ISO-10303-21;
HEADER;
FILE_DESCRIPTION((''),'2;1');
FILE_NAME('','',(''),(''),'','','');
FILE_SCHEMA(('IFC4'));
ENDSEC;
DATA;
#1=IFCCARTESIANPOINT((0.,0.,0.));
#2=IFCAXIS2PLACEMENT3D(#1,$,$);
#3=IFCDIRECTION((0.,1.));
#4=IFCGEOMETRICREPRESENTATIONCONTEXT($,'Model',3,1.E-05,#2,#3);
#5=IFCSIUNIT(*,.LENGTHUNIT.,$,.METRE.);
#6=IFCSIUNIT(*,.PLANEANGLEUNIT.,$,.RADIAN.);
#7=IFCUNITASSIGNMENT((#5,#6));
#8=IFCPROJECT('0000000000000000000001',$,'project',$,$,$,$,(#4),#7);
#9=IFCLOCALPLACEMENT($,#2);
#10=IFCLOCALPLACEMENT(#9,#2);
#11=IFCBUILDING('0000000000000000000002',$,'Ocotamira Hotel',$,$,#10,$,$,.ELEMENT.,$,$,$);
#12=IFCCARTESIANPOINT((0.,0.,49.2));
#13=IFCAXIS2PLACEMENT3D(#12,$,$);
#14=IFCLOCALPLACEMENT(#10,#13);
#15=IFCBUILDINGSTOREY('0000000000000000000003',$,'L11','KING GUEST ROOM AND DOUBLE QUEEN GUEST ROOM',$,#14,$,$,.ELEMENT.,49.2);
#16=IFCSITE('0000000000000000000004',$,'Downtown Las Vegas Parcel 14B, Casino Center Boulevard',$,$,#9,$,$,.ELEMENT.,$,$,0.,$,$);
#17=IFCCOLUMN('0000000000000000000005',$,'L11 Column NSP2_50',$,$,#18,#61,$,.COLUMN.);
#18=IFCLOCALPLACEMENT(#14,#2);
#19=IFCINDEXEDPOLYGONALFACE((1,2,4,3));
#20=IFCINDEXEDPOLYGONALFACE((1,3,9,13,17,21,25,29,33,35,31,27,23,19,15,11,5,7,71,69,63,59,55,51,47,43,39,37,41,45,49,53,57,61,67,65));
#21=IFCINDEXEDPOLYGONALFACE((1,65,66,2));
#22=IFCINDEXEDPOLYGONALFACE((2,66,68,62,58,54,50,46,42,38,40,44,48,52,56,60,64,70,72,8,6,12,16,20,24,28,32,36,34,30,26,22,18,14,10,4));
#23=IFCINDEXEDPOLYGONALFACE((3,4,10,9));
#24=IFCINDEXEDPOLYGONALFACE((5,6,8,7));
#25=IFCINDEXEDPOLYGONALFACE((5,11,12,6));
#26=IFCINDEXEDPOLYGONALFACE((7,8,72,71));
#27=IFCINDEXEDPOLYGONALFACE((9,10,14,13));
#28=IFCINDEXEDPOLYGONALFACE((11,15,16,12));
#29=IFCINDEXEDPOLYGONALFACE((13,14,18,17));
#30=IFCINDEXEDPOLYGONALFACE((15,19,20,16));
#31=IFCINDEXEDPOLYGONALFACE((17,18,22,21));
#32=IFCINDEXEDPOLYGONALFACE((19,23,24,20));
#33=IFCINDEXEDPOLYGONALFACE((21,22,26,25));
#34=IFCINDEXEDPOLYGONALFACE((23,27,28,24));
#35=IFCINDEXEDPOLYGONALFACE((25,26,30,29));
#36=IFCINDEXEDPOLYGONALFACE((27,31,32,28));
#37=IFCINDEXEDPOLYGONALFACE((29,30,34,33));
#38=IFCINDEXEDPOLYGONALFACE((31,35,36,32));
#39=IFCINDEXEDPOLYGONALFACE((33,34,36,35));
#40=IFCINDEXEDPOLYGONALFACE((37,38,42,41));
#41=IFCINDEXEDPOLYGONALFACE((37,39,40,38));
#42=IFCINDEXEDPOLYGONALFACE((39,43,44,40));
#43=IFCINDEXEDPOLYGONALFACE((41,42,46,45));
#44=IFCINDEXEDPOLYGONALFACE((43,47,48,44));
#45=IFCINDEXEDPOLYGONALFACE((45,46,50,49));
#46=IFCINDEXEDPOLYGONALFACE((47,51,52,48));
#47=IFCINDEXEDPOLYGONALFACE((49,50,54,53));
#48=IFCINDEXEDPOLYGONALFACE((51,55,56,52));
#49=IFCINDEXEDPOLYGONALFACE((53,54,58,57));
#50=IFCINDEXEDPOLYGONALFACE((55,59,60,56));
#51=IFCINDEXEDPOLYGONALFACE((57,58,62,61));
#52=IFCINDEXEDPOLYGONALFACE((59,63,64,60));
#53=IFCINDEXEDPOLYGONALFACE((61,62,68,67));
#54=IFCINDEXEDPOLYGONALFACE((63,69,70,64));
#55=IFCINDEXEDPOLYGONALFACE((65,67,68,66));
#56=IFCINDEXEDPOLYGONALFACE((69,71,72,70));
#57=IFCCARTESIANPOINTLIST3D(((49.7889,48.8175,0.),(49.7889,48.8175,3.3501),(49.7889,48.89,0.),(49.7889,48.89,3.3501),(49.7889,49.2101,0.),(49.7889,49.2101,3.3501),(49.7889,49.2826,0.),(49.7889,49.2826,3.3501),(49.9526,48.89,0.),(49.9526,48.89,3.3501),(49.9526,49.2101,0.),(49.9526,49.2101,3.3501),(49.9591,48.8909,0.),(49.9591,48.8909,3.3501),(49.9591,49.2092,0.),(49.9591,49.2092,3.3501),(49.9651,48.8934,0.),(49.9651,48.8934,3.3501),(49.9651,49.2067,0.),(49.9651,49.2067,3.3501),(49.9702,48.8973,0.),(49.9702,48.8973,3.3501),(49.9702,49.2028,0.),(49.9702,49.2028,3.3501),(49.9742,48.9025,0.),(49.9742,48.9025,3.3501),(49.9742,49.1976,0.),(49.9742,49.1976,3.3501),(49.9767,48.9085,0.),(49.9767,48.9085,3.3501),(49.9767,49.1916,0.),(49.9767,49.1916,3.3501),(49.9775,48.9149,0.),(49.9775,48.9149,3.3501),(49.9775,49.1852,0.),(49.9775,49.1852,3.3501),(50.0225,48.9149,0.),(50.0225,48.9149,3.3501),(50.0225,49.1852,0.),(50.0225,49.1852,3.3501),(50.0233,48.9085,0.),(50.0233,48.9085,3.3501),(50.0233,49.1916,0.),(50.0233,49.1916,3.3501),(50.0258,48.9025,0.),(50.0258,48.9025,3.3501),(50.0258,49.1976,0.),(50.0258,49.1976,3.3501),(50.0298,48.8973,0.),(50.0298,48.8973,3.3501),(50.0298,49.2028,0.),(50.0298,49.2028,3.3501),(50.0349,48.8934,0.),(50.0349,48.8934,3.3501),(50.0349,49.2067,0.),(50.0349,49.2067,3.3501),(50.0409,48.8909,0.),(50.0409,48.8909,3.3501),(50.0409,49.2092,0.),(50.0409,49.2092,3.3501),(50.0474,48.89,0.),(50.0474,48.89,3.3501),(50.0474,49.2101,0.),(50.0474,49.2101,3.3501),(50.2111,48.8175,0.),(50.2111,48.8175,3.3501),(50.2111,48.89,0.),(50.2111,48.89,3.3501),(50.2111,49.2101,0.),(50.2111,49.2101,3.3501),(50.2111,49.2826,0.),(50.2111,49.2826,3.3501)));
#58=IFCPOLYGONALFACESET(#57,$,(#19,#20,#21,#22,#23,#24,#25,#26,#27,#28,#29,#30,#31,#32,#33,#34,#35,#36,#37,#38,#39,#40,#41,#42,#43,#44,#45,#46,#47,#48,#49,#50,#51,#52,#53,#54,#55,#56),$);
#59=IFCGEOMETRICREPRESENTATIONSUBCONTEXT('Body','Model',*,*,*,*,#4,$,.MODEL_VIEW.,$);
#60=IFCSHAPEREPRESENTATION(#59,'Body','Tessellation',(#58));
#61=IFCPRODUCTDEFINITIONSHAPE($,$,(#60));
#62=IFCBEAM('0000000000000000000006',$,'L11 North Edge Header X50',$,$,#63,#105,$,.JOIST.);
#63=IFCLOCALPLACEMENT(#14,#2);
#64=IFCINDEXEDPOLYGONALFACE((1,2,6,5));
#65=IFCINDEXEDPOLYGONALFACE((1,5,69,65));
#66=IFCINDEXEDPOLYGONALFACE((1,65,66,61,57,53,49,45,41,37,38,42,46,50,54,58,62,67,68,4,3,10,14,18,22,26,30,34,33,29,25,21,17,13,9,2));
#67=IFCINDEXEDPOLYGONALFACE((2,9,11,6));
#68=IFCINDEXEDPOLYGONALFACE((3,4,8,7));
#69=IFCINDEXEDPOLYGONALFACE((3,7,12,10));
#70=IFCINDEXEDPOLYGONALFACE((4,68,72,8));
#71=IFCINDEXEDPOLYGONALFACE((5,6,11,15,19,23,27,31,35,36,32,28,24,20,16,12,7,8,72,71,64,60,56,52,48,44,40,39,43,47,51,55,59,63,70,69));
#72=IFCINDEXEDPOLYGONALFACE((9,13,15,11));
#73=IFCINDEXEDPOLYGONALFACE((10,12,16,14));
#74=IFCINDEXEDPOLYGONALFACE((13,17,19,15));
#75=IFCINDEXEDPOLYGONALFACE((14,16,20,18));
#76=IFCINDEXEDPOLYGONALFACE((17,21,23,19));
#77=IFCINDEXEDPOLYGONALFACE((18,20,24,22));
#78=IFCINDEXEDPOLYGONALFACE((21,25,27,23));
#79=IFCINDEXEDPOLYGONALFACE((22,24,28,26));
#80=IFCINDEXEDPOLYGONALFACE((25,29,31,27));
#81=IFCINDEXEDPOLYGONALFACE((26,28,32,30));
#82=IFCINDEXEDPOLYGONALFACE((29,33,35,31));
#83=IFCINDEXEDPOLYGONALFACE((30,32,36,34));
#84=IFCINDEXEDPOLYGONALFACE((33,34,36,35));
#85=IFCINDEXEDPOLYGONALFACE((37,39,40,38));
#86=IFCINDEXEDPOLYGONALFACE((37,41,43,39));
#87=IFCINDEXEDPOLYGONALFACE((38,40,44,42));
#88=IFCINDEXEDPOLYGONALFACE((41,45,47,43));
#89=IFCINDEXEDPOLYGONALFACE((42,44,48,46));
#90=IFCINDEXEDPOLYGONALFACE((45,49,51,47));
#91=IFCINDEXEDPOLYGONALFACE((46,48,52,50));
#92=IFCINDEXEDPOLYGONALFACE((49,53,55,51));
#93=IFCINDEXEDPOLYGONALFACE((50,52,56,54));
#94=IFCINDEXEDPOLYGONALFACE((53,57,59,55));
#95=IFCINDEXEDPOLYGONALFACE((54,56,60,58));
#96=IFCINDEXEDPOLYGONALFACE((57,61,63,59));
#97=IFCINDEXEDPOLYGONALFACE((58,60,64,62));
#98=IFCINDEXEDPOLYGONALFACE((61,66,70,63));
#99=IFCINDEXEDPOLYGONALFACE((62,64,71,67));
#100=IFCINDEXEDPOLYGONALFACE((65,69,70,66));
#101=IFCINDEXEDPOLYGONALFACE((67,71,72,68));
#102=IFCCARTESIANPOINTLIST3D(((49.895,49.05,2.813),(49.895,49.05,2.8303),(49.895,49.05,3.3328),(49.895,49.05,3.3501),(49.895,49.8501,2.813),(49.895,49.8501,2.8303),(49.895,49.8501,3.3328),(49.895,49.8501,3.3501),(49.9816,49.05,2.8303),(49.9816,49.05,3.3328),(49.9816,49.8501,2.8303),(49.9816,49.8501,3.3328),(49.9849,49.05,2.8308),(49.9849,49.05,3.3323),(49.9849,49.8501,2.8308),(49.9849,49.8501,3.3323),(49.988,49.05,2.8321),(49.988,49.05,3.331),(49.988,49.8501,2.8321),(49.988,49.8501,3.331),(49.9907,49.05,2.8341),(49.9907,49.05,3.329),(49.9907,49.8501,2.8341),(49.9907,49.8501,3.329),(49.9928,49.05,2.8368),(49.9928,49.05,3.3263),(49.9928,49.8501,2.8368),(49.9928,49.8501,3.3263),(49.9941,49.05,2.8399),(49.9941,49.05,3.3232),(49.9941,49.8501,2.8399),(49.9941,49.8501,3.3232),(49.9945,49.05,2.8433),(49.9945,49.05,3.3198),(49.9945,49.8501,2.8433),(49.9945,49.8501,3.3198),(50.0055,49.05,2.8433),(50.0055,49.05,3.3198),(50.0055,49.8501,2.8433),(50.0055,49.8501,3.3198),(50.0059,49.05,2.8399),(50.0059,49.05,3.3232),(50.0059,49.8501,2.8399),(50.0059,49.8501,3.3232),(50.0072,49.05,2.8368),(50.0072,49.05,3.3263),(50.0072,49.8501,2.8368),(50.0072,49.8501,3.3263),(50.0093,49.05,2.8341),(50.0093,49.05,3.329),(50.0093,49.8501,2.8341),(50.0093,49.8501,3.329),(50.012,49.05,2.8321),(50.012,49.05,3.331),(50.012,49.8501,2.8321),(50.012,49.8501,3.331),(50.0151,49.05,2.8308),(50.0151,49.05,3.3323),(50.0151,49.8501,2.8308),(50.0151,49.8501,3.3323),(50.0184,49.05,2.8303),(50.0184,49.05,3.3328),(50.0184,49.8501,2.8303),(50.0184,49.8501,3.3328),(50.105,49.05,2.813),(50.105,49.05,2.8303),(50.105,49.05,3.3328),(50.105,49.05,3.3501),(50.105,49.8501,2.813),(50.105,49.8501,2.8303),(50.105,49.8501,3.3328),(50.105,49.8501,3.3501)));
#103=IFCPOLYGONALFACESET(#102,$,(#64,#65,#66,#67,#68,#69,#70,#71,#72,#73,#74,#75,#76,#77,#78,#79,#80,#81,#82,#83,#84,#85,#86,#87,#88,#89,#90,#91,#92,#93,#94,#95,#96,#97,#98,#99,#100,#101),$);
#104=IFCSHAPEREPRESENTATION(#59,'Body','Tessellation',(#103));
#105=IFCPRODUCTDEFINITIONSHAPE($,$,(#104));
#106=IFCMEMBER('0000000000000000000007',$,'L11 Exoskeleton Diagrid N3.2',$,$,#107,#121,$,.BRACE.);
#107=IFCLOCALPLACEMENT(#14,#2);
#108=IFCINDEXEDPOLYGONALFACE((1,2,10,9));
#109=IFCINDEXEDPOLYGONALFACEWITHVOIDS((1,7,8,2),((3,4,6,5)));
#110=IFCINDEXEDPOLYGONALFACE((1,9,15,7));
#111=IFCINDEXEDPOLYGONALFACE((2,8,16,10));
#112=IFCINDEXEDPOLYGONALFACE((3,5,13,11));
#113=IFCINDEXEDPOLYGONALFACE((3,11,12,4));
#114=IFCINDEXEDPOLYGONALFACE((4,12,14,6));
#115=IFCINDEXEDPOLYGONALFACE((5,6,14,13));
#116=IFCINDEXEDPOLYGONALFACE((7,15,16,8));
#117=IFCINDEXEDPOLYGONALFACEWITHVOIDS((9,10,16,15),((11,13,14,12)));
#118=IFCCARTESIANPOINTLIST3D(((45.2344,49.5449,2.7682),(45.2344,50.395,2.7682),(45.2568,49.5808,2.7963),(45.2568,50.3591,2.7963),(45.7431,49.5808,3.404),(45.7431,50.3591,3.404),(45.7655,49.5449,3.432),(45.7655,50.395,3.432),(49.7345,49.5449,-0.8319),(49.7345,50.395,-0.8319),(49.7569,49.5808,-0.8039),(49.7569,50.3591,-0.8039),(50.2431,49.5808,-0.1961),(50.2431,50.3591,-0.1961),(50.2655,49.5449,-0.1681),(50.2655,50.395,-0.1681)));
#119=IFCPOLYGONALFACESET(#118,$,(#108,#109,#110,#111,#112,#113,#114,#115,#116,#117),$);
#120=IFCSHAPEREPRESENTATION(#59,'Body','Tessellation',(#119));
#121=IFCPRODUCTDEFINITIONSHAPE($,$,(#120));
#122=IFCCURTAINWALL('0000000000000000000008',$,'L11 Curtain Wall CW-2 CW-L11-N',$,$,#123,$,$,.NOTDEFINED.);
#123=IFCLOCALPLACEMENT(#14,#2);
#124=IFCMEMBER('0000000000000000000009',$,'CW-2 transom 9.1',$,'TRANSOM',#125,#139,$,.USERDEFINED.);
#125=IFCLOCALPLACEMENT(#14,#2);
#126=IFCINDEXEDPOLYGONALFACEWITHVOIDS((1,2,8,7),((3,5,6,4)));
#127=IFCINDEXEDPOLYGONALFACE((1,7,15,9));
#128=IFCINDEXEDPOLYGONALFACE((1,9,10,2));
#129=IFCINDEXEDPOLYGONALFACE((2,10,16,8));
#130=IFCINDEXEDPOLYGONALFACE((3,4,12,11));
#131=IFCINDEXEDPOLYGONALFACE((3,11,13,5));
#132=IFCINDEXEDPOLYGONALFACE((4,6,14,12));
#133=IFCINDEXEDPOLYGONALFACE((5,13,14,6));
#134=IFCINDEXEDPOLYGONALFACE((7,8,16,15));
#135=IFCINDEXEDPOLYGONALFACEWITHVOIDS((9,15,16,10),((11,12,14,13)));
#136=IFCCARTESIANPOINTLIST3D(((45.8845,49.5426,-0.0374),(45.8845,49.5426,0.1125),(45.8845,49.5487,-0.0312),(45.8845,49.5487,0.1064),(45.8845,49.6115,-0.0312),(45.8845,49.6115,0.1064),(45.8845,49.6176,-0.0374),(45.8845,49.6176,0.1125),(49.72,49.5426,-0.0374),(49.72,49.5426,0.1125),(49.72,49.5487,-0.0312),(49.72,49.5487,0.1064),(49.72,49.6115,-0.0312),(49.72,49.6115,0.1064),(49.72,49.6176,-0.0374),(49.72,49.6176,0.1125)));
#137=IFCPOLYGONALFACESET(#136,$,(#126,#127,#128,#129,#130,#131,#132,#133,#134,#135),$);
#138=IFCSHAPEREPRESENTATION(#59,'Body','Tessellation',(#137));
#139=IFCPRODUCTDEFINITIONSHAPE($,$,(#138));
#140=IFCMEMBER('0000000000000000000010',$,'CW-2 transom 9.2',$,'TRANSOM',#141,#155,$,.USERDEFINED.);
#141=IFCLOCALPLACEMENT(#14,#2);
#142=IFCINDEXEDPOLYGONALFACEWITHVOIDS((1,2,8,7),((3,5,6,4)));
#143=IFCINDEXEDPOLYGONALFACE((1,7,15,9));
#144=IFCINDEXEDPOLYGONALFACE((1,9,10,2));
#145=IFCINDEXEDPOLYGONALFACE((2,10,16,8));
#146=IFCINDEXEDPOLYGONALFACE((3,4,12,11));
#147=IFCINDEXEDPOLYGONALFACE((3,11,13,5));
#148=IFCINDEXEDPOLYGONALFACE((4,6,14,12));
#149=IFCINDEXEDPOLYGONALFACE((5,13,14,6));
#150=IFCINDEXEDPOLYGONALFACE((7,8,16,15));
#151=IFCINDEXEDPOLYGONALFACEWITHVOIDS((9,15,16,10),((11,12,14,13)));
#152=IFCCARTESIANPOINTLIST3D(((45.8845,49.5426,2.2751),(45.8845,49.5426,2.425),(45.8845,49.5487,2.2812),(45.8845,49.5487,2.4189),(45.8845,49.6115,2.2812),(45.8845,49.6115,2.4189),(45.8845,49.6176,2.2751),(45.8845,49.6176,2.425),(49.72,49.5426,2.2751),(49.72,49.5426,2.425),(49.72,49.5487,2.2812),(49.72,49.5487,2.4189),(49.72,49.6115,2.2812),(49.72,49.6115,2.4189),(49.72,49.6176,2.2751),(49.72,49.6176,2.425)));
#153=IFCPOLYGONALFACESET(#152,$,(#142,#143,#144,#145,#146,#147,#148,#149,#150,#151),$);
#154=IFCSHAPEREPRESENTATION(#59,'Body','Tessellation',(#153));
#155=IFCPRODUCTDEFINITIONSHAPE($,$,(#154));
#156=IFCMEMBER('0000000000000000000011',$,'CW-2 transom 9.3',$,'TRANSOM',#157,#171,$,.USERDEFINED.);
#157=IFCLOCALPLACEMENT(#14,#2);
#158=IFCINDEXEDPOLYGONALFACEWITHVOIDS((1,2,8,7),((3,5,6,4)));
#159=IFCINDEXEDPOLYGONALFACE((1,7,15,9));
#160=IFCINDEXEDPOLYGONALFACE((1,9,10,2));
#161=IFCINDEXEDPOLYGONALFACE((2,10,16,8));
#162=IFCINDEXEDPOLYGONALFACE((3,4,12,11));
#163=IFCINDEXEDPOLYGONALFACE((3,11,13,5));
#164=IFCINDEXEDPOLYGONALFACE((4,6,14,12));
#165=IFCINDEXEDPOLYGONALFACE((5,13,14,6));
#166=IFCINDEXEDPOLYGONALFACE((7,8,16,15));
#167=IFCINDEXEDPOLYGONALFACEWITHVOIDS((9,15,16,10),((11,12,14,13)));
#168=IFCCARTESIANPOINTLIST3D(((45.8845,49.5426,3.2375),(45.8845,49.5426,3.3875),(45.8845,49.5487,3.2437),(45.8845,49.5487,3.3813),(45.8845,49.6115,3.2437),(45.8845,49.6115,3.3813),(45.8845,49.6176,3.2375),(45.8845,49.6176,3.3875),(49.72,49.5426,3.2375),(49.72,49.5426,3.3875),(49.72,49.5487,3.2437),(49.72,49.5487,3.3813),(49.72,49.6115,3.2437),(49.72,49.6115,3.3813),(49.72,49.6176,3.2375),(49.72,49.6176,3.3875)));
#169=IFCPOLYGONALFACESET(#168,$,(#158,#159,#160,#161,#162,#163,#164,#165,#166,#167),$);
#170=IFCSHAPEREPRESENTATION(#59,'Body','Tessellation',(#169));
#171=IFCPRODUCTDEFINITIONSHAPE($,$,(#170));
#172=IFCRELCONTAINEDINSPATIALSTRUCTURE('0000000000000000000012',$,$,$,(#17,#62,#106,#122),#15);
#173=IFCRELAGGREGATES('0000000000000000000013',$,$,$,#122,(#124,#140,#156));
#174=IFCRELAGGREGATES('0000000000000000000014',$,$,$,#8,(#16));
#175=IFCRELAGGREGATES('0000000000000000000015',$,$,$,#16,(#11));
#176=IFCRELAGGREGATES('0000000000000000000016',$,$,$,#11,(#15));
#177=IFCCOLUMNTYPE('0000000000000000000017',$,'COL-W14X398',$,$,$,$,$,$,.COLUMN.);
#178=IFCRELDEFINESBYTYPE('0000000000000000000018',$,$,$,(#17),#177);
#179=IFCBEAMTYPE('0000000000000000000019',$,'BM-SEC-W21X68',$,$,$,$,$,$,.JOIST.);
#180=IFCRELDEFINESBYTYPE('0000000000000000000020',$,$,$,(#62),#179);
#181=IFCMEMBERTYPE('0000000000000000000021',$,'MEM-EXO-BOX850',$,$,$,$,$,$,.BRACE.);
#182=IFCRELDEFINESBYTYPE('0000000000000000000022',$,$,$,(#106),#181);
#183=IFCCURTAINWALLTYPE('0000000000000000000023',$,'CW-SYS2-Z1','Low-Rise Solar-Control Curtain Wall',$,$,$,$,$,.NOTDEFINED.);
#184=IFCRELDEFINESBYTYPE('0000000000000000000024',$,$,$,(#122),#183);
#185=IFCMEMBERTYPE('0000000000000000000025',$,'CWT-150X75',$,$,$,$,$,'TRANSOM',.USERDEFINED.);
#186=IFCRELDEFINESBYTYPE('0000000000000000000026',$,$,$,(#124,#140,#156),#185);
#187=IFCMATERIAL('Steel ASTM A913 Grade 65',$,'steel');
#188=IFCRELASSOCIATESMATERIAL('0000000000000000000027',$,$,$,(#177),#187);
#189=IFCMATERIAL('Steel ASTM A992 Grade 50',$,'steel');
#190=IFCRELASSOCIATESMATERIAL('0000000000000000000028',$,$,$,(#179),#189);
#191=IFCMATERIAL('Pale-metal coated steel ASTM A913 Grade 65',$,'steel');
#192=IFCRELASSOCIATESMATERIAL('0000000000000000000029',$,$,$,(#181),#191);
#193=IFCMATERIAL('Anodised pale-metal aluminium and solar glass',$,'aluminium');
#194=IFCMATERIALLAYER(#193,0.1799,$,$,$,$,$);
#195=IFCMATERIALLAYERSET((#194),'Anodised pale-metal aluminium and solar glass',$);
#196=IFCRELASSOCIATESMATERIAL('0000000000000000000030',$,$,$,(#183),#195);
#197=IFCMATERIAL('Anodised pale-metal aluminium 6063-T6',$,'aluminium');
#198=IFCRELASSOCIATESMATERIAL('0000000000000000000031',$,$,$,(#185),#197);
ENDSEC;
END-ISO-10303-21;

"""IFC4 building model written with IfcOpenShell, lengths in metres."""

from ifc_helpers import new_model, si_unit, direction, frame, origin, origin_2d, place, context, subcontext, project, spatial, hollow_rectangle, i_section, extrude, source, transform, mapped, material, layer, layer_set, material_profile, profile_set, type_object, element, aggregate, save


model = new_model("IFC4")

# Units and contexts
model_context = context("Model", 3, precision=1e-05, world=origin(), true_north=direction((0.0, 1.0)))
body_context = subcontext(model_context, "Body", "Model", "MODEL_VIEW")
ifc_project = project(units=[si_unit("LENGTHUNIT", "METRE"), si_unit("PLANEANGLEUNIT", "RADIAN")], contexts=[model_context])

# Site, building, storey
site_placement = place(None, origin())
site = spatial("IfcSite", under=ifc_project, at=site_placement, Name="Downtown Las Vegas Parcel 14B, Casino Center Boulevard", CompositionType="ELEMENT", RefElevation=0.0)
building_placement = place(site_placement, origin())
building = spatial("IfcBuilding", under=site, at=building_placement, Name="Ocotamira Hotel", CompositionType="ELEMENT")
storey_placement = place(building_placement, frame((0.0, 0.0, 49.2)))
storey = spatial("IfcBuildingStorey", under=building, at=storey_placement, Name="L11", Description="KING GUEST ROOM AND DOUBLE QUEEN GUEST ROOM", CompositionType="ELEMENT", Elevation=49.2)

# Column
ifc_material_1 = material(Name="Steel ASTM A913 Grade 65", Category="steel")
ifc_material_profile_1 = material_profile(ifc_material_1, i_section(OverallWidth=0.4221, OverallDepth=0.4651, WebThickness=0.0449, FlangeThickness=0.0725, FilletRadius=0.0249, at=origin_2d()), Name="W14X398")
ifc_profile_set_1 = profile_set([ifc_material_profile_1], Name="Steel ASTM A913 Grade 65")
column_type = type_object("IfcColumnType", Name="COL-W14X398", PredefinedType="COLUMN", material=ifc_profile_set_1)
shared_shape_1 = source(origin(), body_context, "Body", "SweptSolid", [
    extrude(i_section(OverallWidth=0.4221, OverallDepth=0.4651, WebThickness=0.0449, FlangeThickness=0.0725, FilletRadius=0.0249, at=origin_2d()), origin(), (0.0, 0.0, 1.0), 3.3501),
])
column_placement = place(storey_placement, frame((50.0, 49.05, 0.0), z_axis=(0.0, 0.0, 1.0), x_axis=(1.0, 0.0, 0.0)))
element("IfcColumn", 1, at=column_placement, inside=storey, type_object=column_type, Name="L11 Column NSP2_50", PredefinedType="COLUMN", context=body_context, shape_type="MappedRepresentation", body=[
    mapped(shared_shape_1, transform((0.0, 0.0, 0.0), scale=1.0)),
])

# Beam
ifc_material_2 = material(Name="Steel ASTM A992 Grade 50", Category="steel")
ifc_material_profile_2 = material_profile(ifc_material_2, i_section(OverallWidth=0.21, OverallDepth=0.5371, WebThickness=0.011, FlangeThickness=0.0173, FilletRadius=0.0129, at=origin_2d()), Name="W21X68")
ifc_profile_set_2 = profile_set([ifc_material_profile_2], Name="Steel ASTM A992 Grade 50")
beam_type = type_object("IfcBeamType", Name="BM-SEC-W21X68", PredefinedType="JOIST", material=ifc_profile_set_2)
shared_shape_2 = source(origin(), body_context, "Body", "SweptSolid", [
    extrude(i_section(OverallWidth=0.21, OverallDepth=0.5371, WebThickness=0.011, FlangeThickness=0.0173, FilletRadius=0.0129, at=origin_2d()), origin(), (0.0, 0.0, 1.0), 0.8),
])
beam_placement = place(storey_placement, frame((50.0, 49.05, 3.0815), z_axis=(0.0, 1.0, 0.0), x_axis=(-1.0, 0.0, 0.0)))
element("IfcBeam", 2, at=beam_placement, inside=storey, type_object=beam_type, Name="L11 North Edge Header X50", PredefinedType="JOIST", context=body_context, shape_type="MappedRepresentation", body=[
    mapped(shared_shape_2, transform((0.0, 0.0, 0.0), scale=1.0)),
])

# Member
ifc_material_3 = material(Name="Pale-metal coated steel ASTM A913 Grade 65", Category="steel")
ifc_material_profile_3 = material_profile(ifc_material_3, hollow_rectangle(XDim=0.8501, YDim=0.8501, WallThickness=0.0359, at=origin_2d()), Name="BOX850X850X36")
ifc_profile_set_3 = profile_set([ifc_material_profile_3], Name="Pale-metal coated steel ASTM A913 Grade 65")
member_type_1 = type_object("IfcMemberType", Name="MEM-EXO-BOX850", PredefinedType="BRACE", material=ifc_profile_set_3)
shared_shape_3 = source(origin(), body_context, "Body", "SweptSolid", [
    extrude(hollow_rectangle(XDim=0.8501, YDim=0.8501, WallThickness=0.0359, at=origin_2d()), origin(), (0.0, 0.0, 1.0), 5.7629),
])
member_1_placement = place(storey_placement, frame((50.0, 49.97, -0.5), z_axis=(-0.780861, 0.0, 0.624705), x_axis=(0.0, -1.0, 0.0)))
element("IfcMember", 3, at=member_1_placement, inside=storey, type_object=member_type_1, Name="L11 Exoskeleton Diagrid N3.2", PredefinedType="BRACE", context=body_context, shape_type="MappedRepresentation", body=[
    mapped(shared_shape_3, transform((0.0, 0.0, 0.0), scale=1.0)),
])

# Curtain wall, members
ifc_material_4 = material(Name="Anodised pale-metal aluminium and solar glass", Category="aluminium")
ifc_layer_1 = layer(ifc_material_4, 0.1799)
ifc_layer_set_1 = layer_set([ifc_layer_1], Name="Anodised pale-metal aluminium and solar glass")
curtain_wall_type = type_object("IfcCurtainWallType", Name="CW-SYS2-Z1", Description="Low-Rise Solar-Control Curtain Wall", PredefinedType="NOTDEFINED", material=ifc_layer_set_1)
curtain_wall_placement = place(storey_placement, origin())
curtain_wall = element("IfcCurtainWall", 4, at=curtain_wall_placement, inside=storey, type_object=curtain_wall_type, Name="L11 Curtain Wall CW-2 CW-L11-N", PredefinedType="NOTDEFINED")
ifc_material_5 = material(Name="Anodised pale-metal aluminium 6063-T6", Category="aluminium")
ifc_material_profile_4 = material_profile(ifc_material_5, hollow_rectangle(XDim=0.075, YDim=0.1499, WallThickness=0.0061, at=origin_2d()), Name="HSS150X75X6")
ifc_profile_set_4 = profile_set([ifc_material_profile_4], Name="Anodised pale-metal aluminium 6063-T6")
member_type_2 = type_object("IfcMemberType", Name="CWT-150X75", ElementType="TRANSOM", PredefinedType="USERDEFINED", material=ifc_profile_set_4)
shared_shape_4 = source(origin(), body_context, "Body", "SweptSolid", [
    extrude(hollow_rectangle(XDim=0.075, YDim=0.1499, WallThickness=0.0061, at=origin_2d()), origin(), (0.0, 0.0, 1.0), 3.8354),
])
member_2_placement = place(storey_placement, frame((45.8845, 49.5801, 0.0376), z_axis=(1.0, 0.0, 0.0), x_axis=(0.0, 1.0, 0.0)))
member_2 = element("IfcMember", 5, at=member_2_placement, type_object=member_type_2, Name="CW-2 transom 9.1", ObjectType="TRANSOM", PredefinedType="USERDEFINED", context=body_context, shape_type="MappedRepresentation", body=[
    mapped(shared_shape_4, transform((0.0, 0.0, 0.0), scale=1.0)),
])
member_3_placement = place(storey_placement, frame((45.8845, 49.5801, 2.3501), z_axis=(1.0, 0.0, 0.0), x_axis=(0.0, 1.0, 0.0)))
member_3 = element("IfcMember", 6, at=member_3_placement, type_object=member_type_2, Name="CW-2 transom 9.2", ObjectType="TRANSOM", PredefinedType="USERDEFINED", context=body_context, shape_type="MappedRepresentation", body=[
    mapped(shared_shape_4, transform((0.0, 0.0, 0.0), scale=1.0)),
])
member_4_placement = place(storey_placement, frame((45.8845, 49.5801, 3.3125), z_axis=(1.0, 0.0, 0.0), x_axis=(0.0, 1.0, 0.0)))
member_4 = element("IfcMember", 7, at=member_4_placement, type_object=member_type_2, Name="CW-2 transom 9.3", ObjectType="TRANSOM", PredefinedType="USERDEFINED", context=body_context, shape_type="MappedRepresentation", body=[
    mapped(shared_shape_4, transform((0.0, 0.0, 0.0), scale=1.0)),
])

aggregate(curtain_wall, [member_2, member_3, member_4])

save(model, "model.ifc")
